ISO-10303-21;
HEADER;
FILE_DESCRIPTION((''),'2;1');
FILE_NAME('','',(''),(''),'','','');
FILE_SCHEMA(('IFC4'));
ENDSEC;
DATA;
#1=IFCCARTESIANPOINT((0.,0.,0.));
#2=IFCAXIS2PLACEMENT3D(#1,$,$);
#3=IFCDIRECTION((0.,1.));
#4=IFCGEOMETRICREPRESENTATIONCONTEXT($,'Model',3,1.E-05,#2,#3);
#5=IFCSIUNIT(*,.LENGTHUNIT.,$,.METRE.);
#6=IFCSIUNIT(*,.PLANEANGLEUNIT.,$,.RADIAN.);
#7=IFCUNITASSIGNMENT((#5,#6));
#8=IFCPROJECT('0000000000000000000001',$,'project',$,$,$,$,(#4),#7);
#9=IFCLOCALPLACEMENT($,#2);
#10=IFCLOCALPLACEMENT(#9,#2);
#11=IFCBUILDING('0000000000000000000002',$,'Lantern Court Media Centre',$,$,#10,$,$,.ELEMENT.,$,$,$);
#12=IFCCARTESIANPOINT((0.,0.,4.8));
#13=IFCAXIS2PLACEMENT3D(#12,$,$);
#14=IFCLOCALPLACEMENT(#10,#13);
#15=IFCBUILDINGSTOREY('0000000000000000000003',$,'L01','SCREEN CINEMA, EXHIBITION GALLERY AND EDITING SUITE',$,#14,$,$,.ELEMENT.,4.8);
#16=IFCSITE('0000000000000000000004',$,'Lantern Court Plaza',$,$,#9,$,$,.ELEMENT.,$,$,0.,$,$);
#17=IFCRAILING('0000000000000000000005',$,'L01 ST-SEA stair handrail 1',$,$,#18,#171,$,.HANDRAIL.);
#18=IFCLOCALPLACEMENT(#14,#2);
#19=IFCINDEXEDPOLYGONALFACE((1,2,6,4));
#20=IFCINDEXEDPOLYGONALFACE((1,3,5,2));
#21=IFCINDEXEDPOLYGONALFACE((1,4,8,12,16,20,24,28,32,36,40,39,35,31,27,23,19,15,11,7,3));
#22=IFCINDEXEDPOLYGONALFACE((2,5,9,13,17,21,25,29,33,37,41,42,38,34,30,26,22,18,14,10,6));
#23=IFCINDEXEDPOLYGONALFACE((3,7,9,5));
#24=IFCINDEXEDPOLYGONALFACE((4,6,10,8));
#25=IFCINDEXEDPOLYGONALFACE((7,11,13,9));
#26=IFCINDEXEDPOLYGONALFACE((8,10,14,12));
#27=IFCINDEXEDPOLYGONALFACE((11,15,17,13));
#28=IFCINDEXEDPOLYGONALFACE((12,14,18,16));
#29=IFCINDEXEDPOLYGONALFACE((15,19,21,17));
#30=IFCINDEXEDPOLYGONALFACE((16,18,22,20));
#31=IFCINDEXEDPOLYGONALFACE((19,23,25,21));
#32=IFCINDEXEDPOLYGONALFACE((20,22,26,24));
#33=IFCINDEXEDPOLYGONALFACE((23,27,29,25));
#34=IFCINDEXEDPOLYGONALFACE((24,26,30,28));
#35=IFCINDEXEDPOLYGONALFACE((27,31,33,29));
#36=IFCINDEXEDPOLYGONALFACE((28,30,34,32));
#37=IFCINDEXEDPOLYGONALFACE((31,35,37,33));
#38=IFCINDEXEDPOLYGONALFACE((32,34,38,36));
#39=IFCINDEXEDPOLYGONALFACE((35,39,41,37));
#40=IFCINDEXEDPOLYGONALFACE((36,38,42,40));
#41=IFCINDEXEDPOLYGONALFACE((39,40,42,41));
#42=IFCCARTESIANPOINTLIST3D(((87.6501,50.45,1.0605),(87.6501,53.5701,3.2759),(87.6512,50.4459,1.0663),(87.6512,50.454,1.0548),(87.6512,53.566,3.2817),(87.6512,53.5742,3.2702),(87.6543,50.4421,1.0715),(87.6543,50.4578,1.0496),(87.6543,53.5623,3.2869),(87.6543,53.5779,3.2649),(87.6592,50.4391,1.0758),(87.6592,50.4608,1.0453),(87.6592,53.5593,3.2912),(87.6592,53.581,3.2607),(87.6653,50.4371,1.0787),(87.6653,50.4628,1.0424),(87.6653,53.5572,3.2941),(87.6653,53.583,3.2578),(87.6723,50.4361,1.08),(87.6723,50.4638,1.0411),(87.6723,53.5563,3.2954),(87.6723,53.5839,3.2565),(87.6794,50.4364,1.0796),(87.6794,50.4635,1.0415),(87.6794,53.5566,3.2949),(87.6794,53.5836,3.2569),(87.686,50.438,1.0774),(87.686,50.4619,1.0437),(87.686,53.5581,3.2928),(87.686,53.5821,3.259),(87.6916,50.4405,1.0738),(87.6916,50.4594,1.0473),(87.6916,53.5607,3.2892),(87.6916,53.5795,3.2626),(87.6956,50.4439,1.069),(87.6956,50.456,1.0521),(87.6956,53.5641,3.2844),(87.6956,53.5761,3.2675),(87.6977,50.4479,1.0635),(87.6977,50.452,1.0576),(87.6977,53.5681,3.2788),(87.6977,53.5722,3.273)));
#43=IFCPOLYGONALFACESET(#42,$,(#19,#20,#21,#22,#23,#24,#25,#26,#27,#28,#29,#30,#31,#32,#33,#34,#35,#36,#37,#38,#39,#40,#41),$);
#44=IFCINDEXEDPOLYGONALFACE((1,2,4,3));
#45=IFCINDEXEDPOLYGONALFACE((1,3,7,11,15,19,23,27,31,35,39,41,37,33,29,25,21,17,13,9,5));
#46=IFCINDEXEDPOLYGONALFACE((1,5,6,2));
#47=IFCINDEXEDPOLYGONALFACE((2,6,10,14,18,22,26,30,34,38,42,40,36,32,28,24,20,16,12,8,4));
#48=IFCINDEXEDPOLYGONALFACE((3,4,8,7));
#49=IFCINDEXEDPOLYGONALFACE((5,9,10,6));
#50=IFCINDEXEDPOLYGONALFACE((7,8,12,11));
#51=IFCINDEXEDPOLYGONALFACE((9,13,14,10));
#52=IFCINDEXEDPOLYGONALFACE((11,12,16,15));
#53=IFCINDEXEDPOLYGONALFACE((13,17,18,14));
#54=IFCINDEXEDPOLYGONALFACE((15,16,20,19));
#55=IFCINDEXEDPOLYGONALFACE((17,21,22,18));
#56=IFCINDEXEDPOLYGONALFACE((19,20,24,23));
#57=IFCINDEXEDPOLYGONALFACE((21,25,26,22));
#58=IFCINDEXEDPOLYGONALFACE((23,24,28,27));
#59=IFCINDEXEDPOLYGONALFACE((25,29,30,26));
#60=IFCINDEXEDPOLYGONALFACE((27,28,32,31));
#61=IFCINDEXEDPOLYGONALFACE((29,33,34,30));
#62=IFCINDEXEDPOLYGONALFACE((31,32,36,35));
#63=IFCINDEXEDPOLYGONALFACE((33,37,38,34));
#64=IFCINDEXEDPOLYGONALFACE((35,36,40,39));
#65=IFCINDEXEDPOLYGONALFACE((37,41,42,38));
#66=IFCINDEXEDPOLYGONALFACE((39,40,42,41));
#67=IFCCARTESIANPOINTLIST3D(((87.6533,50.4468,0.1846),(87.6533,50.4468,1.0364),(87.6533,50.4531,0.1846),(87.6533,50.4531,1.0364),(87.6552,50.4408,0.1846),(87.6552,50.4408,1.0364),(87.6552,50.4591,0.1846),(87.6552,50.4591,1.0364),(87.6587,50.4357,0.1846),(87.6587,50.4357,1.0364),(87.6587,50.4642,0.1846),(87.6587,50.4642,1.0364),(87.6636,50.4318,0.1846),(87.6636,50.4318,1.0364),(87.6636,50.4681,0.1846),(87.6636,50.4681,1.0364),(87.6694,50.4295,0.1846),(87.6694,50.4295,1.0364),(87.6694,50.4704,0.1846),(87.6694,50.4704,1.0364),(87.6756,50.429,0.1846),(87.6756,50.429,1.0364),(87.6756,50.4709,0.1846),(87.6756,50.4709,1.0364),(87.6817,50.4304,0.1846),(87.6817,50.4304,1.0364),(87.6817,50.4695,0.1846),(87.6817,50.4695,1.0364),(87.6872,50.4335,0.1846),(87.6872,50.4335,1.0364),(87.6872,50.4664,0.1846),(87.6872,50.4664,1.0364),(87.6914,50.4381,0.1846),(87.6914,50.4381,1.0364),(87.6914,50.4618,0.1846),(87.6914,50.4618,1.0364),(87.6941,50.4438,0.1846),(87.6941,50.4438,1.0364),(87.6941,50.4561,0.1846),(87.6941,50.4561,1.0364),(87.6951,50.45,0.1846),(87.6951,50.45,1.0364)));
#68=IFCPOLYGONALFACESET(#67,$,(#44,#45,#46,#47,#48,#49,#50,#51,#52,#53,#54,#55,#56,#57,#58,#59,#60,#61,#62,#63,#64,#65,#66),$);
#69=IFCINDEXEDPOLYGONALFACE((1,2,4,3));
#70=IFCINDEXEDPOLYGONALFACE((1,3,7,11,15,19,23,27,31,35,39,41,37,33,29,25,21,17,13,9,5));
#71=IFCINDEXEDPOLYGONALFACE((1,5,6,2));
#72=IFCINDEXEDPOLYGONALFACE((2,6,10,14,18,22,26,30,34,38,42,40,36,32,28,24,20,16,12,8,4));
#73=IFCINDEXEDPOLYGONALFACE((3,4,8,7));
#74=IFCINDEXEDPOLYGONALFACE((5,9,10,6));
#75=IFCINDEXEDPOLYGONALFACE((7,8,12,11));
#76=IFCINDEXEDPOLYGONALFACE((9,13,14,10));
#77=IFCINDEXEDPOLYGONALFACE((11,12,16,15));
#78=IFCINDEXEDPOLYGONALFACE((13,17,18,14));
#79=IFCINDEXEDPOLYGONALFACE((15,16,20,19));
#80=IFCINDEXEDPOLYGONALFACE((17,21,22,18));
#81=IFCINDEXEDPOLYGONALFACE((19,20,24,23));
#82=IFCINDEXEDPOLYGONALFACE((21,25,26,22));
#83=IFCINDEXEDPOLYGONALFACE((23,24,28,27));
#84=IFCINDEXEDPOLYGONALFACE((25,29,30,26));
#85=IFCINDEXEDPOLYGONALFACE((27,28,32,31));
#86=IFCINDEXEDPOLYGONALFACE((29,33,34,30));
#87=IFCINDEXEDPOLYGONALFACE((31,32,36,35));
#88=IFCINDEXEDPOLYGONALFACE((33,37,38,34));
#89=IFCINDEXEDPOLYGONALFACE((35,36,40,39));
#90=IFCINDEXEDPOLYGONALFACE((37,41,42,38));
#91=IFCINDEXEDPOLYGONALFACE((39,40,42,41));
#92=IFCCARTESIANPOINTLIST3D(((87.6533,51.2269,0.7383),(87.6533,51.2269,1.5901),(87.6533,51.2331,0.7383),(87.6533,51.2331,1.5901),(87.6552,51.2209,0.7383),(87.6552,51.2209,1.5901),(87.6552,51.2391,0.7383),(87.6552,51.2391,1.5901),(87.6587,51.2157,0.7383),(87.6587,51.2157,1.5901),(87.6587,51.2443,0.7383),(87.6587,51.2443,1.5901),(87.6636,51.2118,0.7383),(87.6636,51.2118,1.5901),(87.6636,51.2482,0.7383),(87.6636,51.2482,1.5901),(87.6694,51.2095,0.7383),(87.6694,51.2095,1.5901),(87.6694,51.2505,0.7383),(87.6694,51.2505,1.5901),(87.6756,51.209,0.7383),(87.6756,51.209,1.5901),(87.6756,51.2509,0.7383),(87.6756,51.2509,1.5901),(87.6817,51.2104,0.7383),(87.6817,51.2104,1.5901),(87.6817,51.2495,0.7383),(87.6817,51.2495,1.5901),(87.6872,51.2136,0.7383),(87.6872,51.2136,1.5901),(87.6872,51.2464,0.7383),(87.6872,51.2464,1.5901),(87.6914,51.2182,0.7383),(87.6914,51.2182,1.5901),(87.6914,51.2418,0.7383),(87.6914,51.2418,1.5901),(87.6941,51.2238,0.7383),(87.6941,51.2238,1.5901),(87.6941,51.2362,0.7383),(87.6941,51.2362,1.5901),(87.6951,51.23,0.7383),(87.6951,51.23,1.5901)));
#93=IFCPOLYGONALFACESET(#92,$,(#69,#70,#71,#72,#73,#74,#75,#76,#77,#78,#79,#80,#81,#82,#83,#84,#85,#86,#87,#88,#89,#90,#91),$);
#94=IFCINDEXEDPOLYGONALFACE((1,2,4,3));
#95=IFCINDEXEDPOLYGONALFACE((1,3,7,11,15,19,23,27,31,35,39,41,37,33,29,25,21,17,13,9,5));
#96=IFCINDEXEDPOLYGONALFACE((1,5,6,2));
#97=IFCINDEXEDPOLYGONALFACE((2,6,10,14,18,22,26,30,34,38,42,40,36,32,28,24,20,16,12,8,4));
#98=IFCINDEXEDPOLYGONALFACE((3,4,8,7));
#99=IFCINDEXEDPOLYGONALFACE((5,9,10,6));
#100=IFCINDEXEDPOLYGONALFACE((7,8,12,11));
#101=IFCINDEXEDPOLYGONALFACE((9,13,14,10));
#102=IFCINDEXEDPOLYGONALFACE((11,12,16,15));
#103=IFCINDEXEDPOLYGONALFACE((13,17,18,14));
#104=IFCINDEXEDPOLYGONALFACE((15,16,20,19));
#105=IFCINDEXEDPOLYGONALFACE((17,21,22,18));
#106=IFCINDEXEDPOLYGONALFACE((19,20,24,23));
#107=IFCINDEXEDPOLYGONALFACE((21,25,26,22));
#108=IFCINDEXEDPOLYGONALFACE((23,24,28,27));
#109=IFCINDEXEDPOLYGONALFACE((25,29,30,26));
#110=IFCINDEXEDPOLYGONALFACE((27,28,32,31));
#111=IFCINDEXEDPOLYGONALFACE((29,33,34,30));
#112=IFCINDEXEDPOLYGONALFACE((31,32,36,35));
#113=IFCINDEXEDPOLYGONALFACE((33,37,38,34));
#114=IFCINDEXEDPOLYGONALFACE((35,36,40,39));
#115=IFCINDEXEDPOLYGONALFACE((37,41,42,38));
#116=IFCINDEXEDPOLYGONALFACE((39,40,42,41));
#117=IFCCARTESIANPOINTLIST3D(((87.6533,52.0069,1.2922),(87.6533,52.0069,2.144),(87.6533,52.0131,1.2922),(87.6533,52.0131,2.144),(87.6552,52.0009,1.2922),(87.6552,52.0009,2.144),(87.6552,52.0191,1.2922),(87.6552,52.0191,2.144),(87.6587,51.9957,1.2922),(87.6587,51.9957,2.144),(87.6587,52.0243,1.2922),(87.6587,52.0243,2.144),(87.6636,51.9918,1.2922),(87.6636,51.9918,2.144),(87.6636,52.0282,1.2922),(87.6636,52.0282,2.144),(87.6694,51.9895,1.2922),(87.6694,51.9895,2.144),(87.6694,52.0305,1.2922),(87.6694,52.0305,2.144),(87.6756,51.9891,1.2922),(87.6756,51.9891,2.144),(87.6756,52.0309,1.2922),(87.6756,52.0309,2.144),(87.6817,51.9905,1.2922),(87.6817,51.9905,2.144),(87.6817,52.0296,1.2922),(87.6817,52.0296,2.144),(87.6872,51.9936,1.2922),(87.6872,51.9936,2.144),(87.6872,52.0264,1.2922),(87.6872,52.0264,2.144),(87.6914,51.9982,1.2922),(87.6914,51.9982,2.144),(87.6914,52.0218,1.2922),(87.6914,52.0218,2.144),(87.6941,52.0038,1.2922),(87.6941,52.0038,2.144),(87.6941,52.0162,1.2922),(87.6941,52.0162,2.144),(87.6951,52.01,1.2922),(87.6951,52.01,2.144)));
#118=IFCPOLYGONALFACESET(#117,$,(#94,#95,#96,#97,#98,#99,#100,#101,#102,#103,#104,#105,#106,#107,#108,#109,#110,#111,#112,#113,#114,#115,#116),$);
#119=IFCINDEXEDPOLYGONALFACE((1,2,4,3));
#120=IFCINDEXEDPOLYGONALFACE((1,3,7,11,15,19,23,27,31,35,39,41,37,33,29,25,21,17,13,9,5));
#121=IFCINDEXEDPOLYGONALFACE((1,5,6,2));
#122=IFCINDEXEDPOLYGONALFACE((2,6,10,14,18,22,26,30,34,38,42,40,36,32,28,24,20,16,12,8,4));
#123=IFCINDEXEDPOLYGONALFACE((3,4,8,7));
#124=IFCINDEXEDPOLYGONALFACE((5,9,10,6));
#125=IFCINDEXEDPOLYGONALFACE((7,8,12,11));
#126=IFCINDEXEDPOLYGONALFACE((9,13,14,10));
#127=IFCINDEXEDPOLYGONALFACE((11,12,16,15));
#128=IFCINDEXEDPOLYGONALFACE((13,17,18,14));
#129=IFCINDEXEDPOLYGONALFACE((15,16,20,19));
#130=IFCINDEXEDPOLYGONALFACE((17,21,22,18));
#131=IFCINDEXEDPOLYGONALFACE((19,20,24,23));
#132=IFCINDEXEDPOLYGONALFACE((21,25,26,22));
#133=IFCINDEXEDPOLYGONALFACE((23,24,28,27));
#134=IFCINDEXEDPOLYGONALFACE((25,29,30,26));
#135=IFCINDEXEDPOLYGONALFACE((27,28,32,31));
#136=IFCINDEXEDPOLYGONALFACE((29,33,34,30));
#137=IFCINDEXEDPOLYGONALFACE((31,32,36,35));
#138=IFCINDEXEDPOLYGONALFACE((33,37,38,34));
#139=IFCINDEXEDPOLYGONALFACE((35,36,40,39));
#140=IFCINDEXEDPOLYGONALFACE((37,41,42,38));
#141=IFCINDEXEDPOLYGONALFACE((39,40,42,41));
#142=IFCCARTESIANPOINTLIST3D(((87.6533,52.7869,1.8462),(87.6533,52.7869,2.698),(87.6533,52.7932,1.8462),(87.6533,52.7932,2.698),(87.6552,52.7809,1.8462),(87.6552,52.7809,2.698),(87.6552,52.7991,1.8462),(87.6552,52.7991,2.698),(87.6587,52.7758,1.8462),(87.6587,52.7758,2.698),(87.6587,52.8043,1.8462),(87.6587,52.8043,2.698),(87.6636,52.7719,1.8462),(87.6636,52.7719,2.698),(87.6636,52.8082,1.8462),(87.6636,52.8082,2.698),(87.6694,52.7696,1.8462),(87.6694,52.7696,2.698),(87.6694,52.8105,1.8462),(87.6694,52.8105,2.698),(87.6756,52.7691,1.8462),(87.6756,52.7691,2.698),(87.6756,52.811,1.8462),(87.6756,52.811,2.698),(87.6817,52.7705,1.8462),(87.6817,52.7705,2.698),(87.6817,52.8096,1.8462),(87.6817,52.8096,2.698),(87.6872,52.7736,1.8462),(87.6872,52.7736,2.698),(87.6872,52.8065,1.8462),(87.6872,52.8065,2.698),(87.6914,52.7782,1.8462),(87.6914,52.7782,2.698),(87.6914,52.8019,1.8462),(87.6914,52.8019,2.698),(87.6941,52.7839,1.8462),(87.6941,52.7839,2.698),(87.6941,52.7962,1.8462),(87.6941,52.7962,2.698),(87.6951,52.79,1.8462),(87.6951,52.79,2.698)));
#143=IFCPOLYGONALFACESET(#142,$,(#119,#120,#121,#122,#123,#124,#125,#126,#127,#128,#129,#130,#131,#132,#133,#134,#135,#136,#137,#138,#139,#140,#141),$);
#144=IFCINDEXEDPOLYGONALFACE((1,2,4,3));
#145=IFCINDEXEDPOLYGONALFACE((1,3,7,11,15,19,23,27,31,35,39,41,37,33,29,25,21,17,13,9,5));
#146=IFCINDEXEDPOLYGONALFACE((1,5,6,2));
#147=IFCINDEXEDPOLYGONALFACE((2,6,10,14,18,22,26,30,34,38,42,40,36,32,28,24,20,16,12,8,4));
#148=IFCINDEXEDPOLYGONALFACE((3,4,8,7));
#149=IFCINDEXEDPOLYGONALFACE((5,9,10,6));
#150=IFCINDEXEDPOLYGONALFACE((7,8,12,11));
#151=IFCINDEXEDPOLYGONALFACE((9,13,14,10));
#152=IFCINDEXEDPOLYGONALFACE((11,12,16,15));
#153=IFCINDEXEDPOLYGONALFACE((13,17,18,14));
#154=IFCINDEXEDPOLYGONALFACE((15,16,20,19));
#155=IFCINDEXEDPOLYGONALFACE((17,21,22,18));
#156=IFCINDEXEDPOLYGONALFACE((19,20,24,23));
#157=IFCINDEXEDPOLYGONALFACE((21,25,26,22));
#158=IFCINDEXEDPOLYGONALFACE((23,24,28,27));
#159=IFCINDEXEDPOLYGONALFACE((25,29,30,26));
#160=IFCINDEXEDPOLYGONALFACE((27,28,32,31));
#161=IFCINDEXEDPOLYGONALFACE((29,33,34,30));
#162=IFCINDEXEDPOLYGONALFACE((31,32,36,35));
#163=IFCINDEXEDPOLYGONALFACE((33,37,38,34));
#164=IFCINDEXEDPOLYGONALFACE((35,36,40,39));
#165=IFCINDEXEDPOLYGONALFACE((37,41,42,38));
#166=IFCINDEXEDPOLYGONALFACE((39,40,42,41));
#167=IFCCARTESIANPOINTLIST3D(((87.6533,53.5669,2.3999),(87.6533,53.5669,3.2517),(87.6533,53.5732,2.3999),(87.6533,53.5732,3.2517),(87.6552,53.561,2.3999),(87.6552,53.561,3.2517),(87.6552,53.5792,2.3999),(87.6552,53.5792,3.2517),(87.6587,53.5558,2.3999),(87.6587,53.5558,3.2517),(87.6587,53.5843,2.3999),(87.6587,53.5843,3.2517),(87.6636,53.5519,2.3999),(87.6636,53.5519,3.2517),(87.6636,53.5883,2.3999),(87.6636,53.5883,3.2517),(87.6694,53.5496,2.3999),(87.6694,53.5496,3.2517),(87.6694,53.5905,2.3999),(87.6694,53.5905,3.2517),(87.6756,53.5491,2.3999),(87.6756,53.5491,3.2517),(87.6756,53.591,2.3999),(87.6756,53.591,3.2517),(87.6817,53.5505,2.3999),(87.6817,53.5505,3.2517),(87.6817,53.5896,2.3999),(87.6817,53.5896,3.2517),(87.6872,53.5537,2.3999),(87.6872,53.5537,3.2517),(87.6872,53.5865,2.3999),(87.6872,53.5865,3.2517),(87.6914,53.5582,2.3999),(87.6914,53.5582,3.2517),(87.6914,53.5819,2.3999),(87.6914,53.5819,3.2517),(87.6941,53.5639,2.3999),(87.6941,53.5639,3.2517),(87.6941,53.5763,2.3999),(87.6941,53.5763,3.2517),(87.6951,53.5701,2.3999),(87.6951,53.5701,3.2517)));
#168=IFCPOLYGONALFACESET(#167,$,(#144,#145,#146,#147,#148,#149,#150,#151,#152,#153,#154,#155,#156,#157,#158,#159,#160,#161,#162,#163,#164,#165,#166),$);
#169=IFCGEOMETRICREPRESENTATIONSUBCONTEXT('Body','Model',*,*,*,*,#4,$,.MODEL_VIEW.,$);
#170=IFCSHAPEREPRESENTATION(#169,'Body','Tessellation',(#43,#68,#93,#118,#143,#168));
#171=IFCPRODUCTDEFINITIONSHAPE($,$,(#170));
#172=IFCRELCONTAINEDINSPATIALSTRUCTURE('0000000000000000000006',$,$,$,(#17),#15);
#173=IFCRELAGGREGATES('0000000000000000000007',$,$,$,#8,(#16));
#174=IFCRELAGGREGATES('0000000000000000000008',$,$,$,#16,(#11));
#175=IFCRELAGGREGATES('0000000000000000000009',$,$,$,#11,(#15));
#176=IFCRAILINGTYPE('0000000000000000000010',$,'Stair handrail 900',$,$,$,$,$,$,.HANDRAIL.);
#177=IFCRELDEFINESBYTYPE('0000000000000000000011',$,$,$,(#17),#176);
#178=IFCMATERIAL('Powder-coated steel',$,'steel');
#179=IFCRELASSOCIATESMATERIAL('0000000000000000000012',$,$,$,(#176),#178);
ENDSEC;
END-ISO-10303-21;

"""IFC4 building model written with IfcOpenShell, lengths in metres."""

from ifc_helpers import new_model, si_unit, direction, frame, origin, origin_2d, place, context, subcontext, project, spatial, circle, extrude, material, type_object, element, save


model = new_model("IFC4")

# Units and contexts
model_context = context("Model", 3, precision=1e-05, world=origin(), true_north=direction((0.0, 1.0)))
body_context = subcontext(model_context, "Body", "Model", "MODEL_VIEW")
ifc_project = project(units=[si_unit("LENGTHUNIT", "METRE"), si_unit("PLANEANGLEUNIT", "RADIAN")], contexts=[model_context])

# Site, building, storey
site_placement = place(None, origin())
site = spatial("IfcSite", under=ifc_project, at=site_placement, Name="Lantern Court Plaza", CompositionType="ELEMENT", RefElevation=0.0)
building_placement = place(site_placement, origin())
building = spatial("IfcBuilding", under=site, at=building_placement, Name="Lantern Court Media Centre", CompositionType="ELEMENT")
storey_placement = place(building_placement, frame((0.0, 0.0, 4.8)))
storey = spatial("IfcBuildingStorey", under=building, at=storey_placement, Name="L01", Description="SCREEN CINEMA, EXHIBITION GALLERY AND EDITING SUITE", CompositionType="ELEMENT", Elevation=4.8)

# Railing
ifc_material_1 = material(Name="Powder-coated steel", Category="steel")
railing_type_1 = type_object("IfcRailingType", Name="Stair handrail 900", PredefinedType="HANDRAIL", material=ifc_material_1)
railing_1_placement = place(storey_placement, frame((87.6741, 50.45, 0.1846)))
element("IfcRailing", 1, at=railing_1_placement, inside=storey, type_object=railing_type_1, Name="L01 ST-SEA stair handrail 1", PredefinedType="HANDRAIL", context=body_context, shape_type="SweptSolid", body=[
    extrude(circle(Radius=0.0239, at=origin_2d()), frame((0.0, 0.0, 0.876), z_axis=(0.0, 0.815377, 0.57893), x_axis=(-1.0, 0.0, 0.0)), (0.0, 0.0, 1.0), 3.8267),
    extrude(circle(Radius=0.021, at=origin_2d()), origin(), (0.0, 0.0, 1.0), 0.8518),
    extrude(circle(Radius=0.021, at=origin_2d()), frame((0.0, 0.78, 0.5537)), (0.0, 0.0, 1.0), 0.8518),
    extrude(circle(Radius=0.021, at=origin_2d()), frame((0.0, 1.5601, 1.1077)), (0.0, 0.0, 1.0), 0.8518),
    extrude(circle(Radius=0.021, at=origin_2d()), frame((0.0, 2.3401, 1.6616)), (0.0, 0.0, 1.0), 0.8518),
    extrude(circle(Radius=0.021, at=origin_2d()), frame((0.0, 3.1201, 2.2153)), (0.0, 0.0, 1.0), 0.8518),
])

save(model, "model.ifc")
